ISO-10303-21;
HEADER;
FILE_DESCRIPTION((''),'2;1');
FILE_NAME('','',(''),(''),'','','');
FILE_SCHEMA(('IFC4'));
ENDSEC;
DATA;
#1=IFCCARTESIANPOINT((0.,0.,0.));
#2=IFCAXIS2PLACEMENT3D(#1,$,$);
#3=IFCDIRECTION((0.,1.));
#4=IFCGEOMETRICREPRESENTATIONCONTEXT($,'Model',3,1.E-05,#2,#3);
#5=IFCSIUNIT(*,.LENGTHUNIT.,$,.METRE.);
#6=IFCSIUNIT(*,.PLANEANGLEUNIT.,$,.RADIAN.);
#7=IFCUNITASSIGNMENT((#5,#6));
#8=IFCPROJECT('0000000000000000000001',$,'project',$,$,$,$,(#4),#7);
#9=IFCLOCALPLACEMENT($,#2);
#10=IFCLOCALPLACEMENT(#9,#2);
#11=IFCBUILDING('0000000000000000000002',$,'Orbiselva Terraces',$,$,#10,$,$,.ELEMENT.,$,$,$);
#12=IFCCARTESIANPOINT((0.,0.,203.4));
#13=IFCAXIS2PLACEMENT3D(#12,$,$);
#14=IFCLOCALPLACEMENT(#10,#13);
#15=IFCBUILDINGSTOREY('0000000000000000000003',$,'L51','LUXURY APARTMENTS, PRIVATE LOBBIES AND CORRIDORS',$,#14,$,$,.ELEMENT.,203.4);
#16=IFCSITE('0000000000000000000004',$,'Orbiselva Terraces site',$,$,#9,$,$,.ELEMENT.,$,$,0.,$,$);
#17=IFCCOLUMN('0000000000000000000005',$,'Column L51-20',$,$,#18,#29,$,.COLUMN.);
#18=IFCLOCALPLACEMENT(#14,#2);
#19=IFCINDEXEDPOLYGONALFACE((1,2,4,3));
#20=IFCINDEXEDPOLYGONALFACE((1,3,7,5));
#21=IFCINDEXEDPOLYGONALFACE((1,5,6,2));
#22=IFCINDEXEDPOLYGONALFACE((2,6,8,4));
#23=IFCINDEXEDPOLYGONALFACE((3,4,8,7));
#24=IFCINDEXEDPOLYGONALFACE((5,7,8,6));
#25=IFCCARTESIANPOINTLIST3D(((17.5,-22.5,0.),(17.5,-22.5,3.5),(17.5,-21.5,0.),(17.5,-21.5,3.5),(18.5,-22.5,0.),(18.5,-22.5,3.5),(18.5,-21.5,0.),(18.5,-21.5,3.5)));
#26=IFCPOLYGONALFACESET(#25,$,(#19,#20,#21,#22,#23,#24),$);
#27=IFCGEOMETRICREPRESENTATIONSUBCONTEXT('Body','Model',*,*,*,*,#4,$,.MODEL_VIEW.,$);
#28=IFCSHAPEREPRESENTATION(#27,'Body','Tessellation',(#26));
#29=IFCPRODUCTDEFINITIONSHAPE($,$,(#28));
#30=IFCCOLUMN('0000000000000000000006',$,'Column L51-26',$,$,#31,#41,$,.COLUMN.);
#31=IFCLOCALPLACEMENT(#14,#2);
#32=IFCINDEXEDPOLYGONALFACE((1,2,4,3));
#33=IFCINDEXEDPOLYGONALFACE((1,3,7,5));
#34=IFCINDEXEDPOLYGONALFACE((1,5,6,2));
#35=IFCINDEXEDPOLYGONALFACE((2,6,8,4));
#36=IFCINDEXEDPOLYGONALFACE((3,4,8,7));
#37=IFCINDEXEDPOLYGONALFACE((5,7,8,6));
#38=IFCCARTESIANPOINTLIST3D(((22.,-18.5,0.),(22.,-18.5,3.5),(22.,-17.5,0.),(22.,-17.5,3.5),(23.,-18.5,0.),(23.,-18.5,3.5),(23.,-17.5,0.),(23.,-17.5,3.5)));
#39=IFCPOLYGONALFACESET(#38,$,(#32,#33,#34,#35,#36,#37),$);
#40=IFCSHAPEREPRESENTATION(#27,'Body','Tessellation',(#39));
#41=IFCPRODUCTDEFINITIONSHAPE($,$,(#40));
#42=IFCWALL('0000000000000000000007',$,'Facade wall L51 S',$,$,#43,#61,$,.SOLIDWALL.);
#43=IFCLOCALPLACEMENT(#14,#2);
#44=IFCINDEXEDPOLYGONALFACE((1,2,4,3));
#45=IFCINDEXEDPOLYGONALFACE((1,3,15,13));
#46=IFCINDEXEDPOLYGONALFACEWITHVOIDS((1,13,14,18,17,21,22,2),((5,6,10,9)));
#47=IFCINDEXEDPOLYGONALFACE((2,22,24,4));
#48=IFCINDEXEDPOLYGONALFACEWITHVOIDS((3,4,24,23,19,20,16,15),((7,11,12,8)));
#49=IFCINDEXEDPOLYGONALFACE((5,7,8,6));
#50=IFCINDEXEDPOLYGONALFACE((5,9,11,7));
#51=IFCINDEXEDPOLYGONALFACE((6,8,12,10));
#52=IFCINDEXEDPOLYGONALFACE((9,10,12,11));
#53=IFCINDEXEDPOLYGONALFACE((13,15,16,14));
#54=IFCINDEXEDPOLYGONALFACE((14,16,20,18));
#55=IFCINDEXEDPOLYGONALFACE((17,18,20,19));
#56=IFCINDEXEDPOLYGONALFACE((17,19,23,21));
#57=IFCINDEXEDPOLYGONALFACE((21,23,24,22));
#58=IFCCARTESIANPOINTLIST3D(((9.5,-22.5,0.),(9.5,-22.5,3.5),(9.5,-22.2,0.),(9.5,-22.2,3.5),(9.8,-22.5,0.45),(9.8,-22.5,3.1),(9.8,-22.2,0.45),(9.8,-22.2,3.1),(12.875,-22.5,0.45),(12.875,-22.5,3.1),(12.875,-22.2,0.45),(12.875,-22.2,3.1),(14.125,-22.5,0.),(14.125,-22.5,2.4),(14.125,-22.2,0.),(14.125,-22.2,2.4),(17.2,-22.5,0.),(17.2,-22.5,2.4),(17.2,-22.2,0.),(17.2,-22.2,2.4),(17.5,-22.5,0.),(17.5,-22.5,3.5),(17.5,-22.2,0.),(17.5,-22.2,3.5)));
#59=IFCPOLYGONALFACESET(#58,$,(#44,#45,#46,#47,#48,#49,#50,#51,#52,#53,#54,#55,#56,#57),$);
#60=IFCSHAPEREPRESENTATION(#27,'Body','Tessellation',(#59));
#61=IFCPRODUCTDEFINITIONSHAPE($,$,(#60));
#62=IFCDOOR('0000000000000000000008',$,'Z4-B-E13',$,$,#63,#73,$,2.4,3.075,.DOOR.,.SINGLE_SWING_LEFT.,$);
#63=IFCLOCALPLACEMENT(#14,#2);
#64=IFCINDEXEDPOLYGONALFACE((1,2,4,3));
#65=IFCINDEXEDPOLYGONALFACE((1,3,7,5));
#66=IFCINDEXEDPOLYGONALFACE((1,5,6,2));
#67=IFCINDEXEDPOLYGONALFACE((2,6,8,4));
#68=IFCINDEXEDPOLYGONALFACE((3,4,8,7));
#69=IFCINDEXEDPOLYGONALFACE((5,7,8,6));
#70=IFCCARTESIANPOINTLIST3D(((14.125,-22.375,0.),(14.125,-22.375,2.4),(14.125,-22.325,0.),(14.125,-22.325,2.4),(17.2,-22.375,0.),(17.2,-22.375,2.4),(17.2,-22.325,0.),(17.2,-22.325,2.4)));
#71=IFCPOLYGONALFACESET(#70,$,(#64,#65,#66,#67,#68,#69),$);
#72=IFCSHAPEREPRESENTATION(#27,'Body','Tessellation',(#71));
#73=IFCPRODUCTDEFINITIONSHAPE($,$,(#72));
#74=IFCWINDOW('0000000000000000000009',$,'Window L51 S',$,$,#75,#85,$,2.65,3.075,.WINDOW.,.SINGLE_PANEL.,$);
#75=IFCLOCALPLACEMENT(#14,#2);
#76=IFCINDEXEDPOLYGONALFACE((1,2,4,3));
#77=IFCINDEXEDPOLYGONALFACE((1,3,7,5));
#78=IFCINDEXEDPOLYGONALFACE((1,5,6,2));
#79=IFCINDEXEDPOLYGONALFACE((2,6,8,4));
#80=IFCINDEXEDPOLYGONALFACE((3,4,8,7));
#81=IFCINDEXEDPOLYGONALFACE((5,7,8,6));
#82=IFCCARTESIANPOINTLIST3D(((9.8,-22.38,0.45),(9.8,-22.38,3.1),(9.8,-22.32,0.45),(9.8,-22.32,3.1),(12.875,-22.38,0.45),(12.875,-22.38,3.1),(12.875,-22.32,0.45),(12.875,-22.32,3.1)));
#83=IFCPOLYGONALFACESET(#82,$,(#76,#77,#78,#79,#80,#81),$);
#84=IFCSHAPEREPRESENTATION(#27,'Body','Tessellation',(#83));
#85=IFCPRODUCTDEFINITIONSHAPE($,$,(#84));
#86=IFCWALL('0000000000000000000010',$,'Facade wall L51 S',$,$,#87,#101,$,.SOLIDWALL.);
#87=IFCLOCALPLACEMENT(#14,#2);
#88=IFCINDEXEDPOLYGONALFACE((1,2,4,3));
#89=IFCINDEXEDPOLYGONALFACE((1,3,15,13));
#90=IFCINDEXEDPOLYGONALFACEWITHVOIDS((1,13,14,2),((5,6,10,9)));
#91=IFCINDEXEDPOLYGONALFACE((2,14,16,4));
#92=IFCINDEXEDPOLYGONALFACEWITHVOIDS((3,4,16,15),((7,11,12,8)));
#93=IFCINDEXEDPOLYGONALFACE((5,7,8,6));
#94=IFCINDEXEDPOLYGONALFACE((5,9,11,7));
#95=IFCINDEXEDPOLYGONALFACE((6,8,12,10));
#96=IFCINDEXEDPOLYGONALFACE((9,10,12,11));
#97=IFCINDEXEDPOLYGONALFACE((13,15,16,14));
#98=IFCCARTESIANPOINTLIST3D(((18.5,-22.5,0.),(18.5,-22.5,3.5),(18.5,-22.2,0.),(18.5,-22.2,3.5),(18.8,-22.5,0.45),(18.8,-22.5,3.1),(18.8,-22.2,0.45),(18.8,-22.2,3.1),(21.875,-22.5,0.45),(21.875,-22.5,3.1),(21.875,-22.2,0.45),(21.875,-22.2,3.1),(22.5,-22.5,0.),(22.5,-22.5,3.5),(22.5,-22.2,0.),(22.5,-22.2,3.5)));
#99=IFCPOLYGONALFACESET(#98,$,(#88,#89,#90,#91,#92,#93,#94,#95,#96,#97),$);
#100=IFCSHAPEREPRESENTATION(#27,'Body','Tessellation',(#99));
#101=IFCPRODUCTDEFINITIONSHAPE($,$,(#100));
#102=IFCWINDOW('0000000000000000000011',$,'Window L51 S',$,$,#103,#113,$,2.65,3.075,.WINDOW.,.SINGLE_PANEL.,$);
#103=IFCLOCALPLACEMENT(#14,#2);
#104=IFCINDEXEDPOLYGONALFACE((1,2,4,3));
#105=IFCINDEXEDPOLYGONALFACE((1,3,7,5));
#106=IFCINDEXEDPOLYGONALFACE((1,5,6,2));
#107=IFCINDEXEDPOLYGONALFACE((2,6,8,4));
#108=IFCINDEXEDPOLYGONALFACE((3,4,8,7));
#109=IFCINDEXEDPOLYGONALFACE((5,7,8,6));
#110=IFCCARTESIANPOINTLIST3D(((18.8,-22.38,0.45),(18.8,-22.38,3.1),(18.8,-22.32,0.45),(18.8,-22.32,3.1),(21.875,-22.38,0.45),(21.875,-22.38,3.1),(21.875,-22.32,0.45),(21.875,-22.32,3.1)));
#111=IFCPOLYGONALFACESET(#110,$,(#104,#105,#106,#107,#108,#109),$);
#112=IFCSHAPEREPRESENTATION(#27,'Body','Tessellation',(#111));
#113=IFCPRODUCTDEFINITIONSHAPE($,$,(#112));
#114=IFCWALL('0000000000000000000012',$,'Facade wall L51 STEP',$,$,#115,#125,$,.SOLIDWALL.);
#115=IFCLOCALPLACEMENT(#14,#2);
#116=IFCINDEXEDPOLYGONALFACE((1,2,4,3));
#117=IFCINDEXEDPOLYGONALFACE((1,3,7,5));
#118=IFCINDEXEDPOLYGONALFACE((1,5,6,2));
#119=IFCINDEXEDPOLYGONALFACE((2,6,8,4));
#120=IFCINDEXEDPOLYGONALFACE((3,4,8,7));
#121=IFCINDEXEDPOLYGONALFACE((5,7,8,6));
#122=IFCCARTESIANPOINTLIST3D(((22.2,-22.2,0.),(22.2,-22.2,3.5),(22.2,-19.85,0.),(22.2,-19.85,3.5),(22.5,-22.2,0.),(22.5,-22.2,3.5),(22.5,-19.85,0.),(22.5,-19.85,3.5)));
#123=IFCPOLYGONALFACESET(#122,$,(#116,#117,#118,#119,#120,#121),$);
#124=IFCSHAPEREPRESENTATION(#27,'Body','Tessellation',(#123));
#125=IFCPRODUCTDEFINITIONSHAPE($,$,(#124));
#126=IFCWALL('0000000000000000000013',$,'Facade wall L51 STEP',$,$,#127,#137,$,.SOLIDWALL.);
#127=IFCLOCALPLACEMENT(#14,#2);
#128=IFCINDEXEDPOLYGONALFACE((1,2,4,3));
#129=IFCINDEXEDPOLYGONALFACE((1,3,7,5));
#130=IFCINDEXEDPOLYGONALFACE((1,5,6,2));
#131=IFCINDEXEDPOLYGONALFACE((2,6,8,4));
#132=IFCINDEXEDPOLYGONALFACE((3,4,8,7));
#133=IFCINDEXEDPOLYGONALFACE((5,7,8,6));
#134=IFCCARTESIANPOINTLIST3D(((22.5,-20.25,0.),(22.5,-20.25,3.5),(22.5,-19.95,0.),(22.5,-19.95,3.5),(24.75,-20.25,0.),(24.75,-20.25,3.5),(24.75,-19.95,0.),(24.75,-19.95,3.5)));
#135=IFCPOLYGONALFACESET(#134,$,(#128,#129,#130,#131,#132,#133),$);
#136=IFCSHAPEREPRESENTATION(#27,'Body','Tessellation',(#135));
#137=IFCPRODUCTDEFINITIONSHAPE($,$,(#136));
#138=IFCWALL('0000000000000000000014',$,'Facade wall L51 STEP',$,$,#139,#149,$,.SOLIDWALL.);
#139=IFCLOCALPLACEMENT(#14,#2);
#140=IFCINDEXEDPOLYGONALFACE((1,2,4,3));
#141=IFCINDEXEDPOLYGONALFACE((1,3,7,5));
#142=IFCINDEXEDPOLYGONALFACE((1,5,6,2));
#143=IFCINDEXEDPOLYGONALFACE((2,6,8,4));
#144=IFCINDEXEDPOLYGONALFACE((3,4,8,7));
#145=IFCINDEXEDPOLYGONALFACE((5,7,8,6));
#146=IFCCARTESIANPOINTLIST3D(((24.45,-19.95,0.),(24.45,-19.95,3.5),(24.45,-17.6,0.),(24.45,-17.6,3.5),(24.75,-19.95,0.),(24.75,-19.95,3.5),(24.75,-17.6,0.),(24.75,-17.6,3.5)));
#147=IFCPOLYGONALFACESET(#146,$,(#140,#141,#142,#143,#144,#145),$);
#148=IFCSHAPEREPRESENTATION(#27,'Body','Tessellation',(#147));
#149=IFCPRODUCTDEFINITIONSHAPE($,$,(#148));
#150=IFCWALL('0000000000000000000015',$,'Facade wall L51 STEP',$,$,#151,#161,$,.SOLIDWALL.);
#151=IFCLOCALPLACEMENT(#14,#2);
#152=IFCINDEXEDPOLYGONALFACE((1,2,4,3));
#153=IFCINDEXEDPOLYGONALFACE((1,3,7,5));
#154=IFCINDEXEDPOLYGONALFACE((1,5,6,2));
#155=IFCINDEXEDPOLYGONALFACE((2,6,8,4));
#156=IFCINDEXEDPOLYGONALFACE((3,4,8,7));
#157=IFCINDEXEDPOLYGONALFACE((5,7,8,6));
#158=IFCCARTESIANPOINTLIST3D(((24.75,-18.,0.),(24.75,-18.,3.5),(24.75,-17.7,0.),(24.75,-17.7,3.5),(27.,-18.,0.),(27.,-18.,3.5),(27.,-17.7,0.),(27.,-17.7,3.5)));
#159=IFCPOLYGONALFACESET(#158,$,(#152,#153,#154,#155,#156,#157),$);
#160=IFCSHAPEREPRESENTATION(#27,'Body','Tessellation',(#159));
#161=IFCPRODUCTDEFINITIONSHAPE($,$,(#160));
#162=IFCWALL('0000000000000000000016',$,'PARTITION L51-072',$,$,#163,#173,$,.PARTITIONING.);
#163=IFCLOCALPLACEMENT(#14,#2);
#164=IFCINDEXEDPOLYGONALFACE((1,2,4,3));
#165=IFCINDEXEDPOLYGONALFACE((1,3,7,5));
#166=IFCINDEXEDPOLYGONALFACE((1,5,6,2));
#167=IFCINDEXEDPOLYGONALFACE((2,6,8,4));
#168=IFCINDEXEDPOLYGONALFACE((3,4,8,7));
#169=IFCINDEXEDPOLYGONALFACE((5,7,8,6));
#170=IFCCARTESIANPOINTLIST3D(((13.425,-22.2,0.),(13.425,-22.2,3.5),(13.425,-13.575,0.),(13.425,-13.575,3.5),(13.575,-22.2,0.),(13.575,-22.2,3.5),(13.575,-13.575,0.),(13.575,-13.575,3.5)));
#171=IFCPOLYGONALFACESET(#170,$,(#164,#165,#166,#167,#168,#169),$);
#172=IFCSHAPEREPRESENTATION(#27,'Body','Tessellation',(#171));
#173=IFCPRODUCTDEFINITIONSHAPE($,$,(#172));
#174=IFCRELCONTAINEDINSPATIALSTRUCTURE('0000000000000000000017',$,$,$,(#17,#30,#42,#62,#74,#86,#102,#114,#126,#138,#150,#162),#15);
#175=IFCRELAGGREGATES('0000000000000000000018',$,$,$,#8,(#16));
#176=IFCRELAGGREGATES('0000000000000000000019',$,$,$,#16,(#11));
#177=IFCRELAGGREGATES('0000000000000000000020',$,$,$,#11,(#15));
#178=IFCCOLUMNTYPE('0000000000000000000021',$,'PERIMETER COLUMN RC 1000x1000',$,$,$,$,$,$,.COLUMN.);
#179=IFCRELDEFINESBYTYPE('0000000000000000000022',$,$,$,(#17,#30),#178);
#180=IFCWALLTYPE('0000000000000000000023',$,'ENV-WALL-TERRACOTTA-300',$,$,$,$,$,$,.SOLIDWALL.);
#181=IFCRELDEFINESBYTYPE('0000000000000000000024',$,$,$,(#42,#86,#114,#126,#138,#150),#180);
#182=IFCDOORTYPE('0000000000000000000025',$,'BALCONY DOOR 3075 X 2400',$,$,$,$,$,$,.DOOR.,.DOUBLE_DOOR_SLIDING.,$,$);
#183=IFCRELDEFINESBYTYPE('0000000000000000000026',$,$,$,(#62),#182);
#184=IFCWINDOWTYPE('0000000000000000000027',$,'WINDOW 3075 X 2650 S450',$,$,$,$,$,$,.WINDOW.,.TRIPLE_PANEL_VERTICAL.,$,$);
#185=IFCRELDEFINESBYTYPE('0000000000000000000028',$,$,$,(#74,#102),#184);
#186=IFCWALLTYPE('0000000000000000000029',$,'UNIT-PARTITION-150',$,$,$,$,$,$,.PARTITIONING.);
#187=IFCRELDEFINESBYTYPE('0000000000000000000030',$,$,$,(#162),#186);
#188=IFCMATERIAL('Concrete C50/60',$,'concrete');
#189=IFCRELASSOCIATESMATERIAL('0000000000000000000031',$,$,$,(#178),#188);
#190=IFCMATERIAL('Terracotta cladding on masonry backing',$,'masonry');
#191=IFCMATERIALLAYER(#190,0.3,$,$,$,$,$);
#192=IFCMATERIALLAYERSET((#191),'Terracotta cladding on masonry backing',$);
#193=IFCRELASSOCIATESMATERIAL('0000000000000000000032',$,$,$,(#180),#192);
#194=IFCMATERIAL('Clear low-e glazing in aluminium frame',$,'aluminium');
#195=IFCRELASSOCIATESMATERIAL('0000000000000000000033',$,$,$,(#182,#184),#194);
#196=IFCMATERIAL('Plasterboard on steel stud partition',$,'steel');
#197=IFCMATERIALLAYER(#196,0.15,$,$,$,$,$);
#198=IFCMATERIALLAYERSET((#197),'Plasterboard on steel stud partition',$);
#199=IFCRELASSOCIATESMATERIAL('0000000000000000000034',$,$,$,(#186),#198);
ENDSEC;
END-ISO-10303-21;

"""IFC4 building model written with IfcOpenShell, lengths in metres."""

from ifc_helpers import new_model, si_unit, direction, frame, frame_2d, origin, origin_2d, place, context, subcontext, project, spatial, rectangle, extrude, material, layer, layer_set, material_profile, profile_set, type_object, element, fill, save


model = new_model("IFC4")

# Units and contexts
model_context = context("Model", 3, precision=1e-05, world=origin(), true_north=direction((0.0, 1.0)))
body_context = subcontext(model_context, "Body", "Model", "MODEL_VIEW")
ifc_project = project(units=[si_unit("LENGTHUNIT", "METRE"), si_unit("PLANEANGLEUNIT", "RADIAN")], contexts=[model_context])

# Site, building, storey
site_placement = place(None, origin())
site = spatial("IfcSite", under=ifc_project, at=site_placement, Name="Orbiselva Terraces site", CompositionType="ELEMENT", RefElevation=0.0)
building_placement = place(site_placement, origin())
building = spatial("IfcBuilding", under=site, at=building_placement, Name="Orbiselva Terraces", CompositionType="ELEMENT")
storey_placement = place(building_placement, frame((0.0, 0.0, 203.4)))
storey = spatial("IfcBuildingStorey", under=building, at=storey_placement, Name="L51", Description="LUXURY APARTMENTS, PRIVATE LOBBIES AND CORRIDORS", CompositionType="ELEMENT", Elevation=203.4)

# Columns
ifc_material_1 = material(Name="Concrete C50/60", Category="concrete")
ifc_material_profile = material_profile(ifc_material_1, rectangle(XDim=1.0, YDim=1.0, at=origin_2d()), Name="RC 1000x1000")
ifc_profile_set = profile_set([ifc_material_profile], Name="Concrete C50/60")
column_type = type_object("IfcColumnType", Name="PERIMETER COLUMN RC 1000x1000", PredefinedType="COLUMN", material=ifc_profile_set)
for number, where, z_axis, x_axis, name in (
    (1, (18.0, -22.0, 0.0), (0.0, 0.0, 1.0), (1.0, 0.0, 0.0), "Column L51-20"),
    (2, (22.5, -18.0, 0.0), (0.0, 0.0, 1.0), (1.0, 0.0, 0.0), "Column L51-26"),
):
    element("IfcColumn", number, at=place(storey_placement, frame(where, z_axis=z_axis, x_axis=x_axis)), inside=storey, type_object=column_type, Name=name, PredefinedType="COLUMN", context=body_context, shape_type="SweptSolid", body=[
        extrude(rectangle(XDim=1.0, YDim=1.0, at=origin_2d()), origin(), (0.0, 0.0, 1.0), 3.5),
    ])

# Wall, openings, door, window
ifc_material_2 = material(Name="Terracotta cladding on masonry backing", Category="masonry")
ifc_layer_1 = layer(ifc_material_2, 0.3)
ifc_layer_set_1 = layer_set([ifc_layer_1], Name="Terracotta cladding on masonry backing")
wall_type_1 = type_object("IfcWallType", Name="ENV-WALL-TERRACOTTA-300", PredefinedType="SOLIDWALL", material=ifc_layer_set_1)
wall_1_placement = place(storey_placement, frame((17.5, -22.35, 0.0), z_axis=(0.0, 0.0, 1.0), x_axis=(-1.0, 0.0, 0.0)))
wall_1 = element("IfcWall", 3, at=wall_1_placement, inside=storey, type_object=wall_type_1, Name="Facade wall L51 S", PredefinedType="SOLIDWALL", context=body_context, shape_type="SweptSolid", body=[
    extrude(rectangle(XDim=8.0, YDim=0.3, at=frame_2d((4.0, 0.0))), origin(), (0.0, 0.0, 1.0), 3.5),
])
opening_1_placement = place(wall_1_placement, frame((4.625, 0.0, 0.45)))
opening_1 = element("IfcOpeningElement", 4, at=opening_1_placement, cuts=wall_1, PredefinedType="OPENING", context=body_context, shape_type="SweptSolid", body=[
    extrude(rectangle(XDim=3.075, YDim=2.65, at=frame_2d((1.5375, 1.325))), frame((0.0, 0.16, 0.0), z_axis=(0.0, -1.0, 0.0), x_axis=(1.0, 0.0, 0.0)), (0.0, 0.0, 1.0), 0.32),
])
opening_2_placement = place(wall_1_placement, frame((0.3, 0.0, 0.0)))
opening_2 = element("IfcOpeningElement", 5, at=opening_2_placement, cuts=wall_1, PredefinedType="OPENING", context=body_context, shape_type="SweptSolid", body=[
    extrude(rectangle(XDim=3.075, YDim=2.4, at=frame_2d((1.5375, 1.2))), frame((0.0, 0.16, 0.0), z_axis=(0.0, -1.0, 0.0), x_axis=(1.0, 0.0, 0.0)), (0.0, 0.0, 1.0), 0.32),
])
ifc_material_3 = material(Name="Clear low-e glazing in aluminium frame", Category="aluminium")
door_type = type_object("IfcDoorType", Name="BALCONY DOOR 3075 X 2400", OperationType="DOUBLE_DOOR_SLIDING", PredefinedType="DOOR", material=ifc_material_3)
door_placement = place(opening_2_placement, origin())
door = element("IfcDoor", 6, at=door_placement, inside=storey, type_object=door_type, Name="Z4-B-E13", OperationType="SINGLE_SWING_LEFT", OverallHeight=2.4, OverallWidth=3.075, PredefinedType="DOOR", context=body_context, shape_type="SweptSolid", body=[
    extrude(rectangle(XDim=3.075, YDim=2.4, at=frame_2d((1.5375, 1.2))), frame((0.0, 0.025, 0.0), z_axis=(0.0, -1.0, 0.0), x_axis=(1.0, 0.0, 0.0)), (0.0, 0.0, 1.0), 0.05),
])
fill(opening_2, door)
window_type = type_object("IfcWindowType", Name="WINDOW 3075 X 2650 S450", PartitioningType="TRIPLE_PANEL_VERTICAL", PredefinedType="WINDOW", material=ifc_material_3)
window_1_placement = place(opening_1_placement, origin())
window_1 = element("IfcWindow", 7, at=window_1_placement, inside=storey, type_object=window_type, Name="Window L51 S", OverallHeight=2.65, OverallWidth=3.075, PartitioningType="SINGLE_PANEL", PredefinedType="WINDOW", context=body_context, shape_type="SweptSolid", body=[
    extrude(rectangle(XDim=3.075, YDim=2.65, at=frame_2d((1.5375, 1.325))), frame((0.0, 0.03, 0.0), z_axis=(0.0, -1.0, 0.0), x_axis=(1.0, 0.0, 0.0)), (0.0, 0.0, 1.0), 0.06),
])
fill(opening_1, window_1)

# Wall, opening, window
wall_2_placement = place(storey_placement, frame((22.5, -22.35, 0.0), z_axis=(0.0, 0.0, 1.0), x_axis=(-1.0, 0.0, 0.0)))
wall_2 = element("IfcWall", 8, at=wall_2_placement, inside=storey, type_object=wall_type_1, Name="Facade wall L51 S", PredefinedType="SOLIDWALL", context=body_context, shape_type="SweptSolid", body=[
    extrude(rectangle(XDim=4.0, YDim=0.3, at=frame_2d((2.0, 0.0))), origin(), (0.0, 0.0, 1.0), 3.5),
])
opening_3_placement = place(wall_2_placement, frame((0.625, 0.0, 0.45)))
opening_3 = element("IfcOpeningElement", 9, at=opening_3_placement, cuts=wall_2, PredefinedType="OPENING", context=body_context, shape_type="SweptSolid", body=[
    extrude(rectangle(XDim=3.075, YDim=2.65, at=frame_2d((1.5375, 1.325))), frame((0.0, 0.16, 0.0), z_axis=(0.0, -1.0, 0.0), x_axis=(1.0, 0.0, 0.0)), (0.0, 0.0, 1.0), 0.32),
])
window_2_placement = place(opening_3_placement, origin())
window_2 = element("IfcWindow", 10, at=window_2_placement, inside=storey, type_object=window_type, Name="Window L51 S", OverallHeight=2.65, OverallWidth=3.075, PartitioningType="SINGLE_PANEL", PredefinedType="WINDOW", context=body_context, shape_type="SweptSolid", body=[
    extrude(rectangle(XDim=3.075, YDim=2.65, at=frame_2d((1.5375, 1.325))), frame((0.0, 0.03, 0.0), z_axis=(0.0, -1.0, 0.0), x_axis=(1.0, 0.0, 0.0)), (0.0, 0.0, 1.0), 0.06),
])
fill(opening_3, window_2)

# Walls
wall_3_placement = place(storey_placement, frame((22.35, -19.85, 0.0), z_axis=(0.0, 0.0, 1.0), x_axis=(0.0, -1.0, 0.0)))
element("IfcWall", 11, at=wall_3_placement, inside=storey, type_object=wall_type_1, Name="Facade wall L51 STEP", PredefinedType="SOLIDWALL", context=body_context, shape_type="SweptSolid", body=[
    extrude(rectangle(XDim=2.35, YDim=0.3, at=frame_2d((1.175, 0.0))), origin(), (0.0, 0.0, 1.0), 3.5),
])
wall_4_placement = place(storey_placement, frame((24.75, -20.1, 0.0), z_axis=(0.0, 0.0, 1.0), x_axis=(-1.0, 0.0, 0.0)))
element("IfcWall", 12, at=wall_4_placement, inside=storey, type_object=wall_type_1, Name="Facade wall L51 STEP", PredefinedType="SOLIDWALL", context=body_context, shape_type="SweptSolid", body=[
    extrude(rectangle(XDim=2.25, YDim=0.3, at=frame_2d((1.125, 0.0))), origin(), (0.0, 0.0, 1.0), 3.5),
])
wall_5_placement = place(storey_placement, frame((24.6, -17.6, 0.0), z_axis=(0.0, 0.0, 1.0), x_axis=(0.0, -1.0, 0.0)))
element("IfcWall", 13, at=wall_5_placement, inside=storey, type_object=wall_type_1, Name="Facade wall L51 STEP", PredefinedType="SOLIDWALL", context=body_context, shape_type="SweptSolid", body=[
    extrude(rectangle(XDim=2.35, YDim=0.3, at=frame_2d((1.175, 0.0))), origin(), (0.0, 0.0, 1.0), 3.5),
])
wall_6_placement = place(storey_placement, frame((27.0, -17.85, 0.0), z_axis=(0.0, 0.0, 1.0), x_axis=(-1.0, 0.0, 0.0)))
element("IfcWall", 14, at=wall_6_placement, inside=storey, type_object=wall_type_1, Name="Facade wall L51 STEP", PredefinedType="SOLIDWALL", context=body_context, shape_type="SweptSolid", body=[
    extrude(rectangle(XDim=2.25, YDim=0.3, at=frame_2d((1.125, 0.0))), origin(), (0.0, 0.0, 1.0), 3.5),
])
ifc_material_4 = material(Name="Plasterboard on steel stud partition", Category="steel")
ifc_layer_2 = layer(ifc_material_4, 0.15)
ifc_layer_set_2 = layer_set([ifc_layer_2], Name="Plasterboard on steel stud partition")
wall_type_2 = type_object("IfcWallType", Name="UNIT-PARTITION-150", PredefinedType="PARTITIONING", material=ifc_layer_set_2)
wall_7_placement = place(storey_placement, frame((13.5, -22.2, 0.0), z_axis=(0.0, 0.0, 1.0), x_axis=(0.0, 1.0, 0.0)))
element("IfcWall", 15, at=wall_7_placement, inside=storey, type_object=wall_type_2, Name="PARTITION L51-072", PredefinedType="PARTITIONING", context=body_context, shape_type="SweptSolid", body=[
    extrude(rectangle(XDim=8.625, YDim=0.15, at=frame_2d((4.3125, 0.0))), origin(), (0.0, 0.0, 1.0), 3.5),
])

save(model, "model.ifc")
